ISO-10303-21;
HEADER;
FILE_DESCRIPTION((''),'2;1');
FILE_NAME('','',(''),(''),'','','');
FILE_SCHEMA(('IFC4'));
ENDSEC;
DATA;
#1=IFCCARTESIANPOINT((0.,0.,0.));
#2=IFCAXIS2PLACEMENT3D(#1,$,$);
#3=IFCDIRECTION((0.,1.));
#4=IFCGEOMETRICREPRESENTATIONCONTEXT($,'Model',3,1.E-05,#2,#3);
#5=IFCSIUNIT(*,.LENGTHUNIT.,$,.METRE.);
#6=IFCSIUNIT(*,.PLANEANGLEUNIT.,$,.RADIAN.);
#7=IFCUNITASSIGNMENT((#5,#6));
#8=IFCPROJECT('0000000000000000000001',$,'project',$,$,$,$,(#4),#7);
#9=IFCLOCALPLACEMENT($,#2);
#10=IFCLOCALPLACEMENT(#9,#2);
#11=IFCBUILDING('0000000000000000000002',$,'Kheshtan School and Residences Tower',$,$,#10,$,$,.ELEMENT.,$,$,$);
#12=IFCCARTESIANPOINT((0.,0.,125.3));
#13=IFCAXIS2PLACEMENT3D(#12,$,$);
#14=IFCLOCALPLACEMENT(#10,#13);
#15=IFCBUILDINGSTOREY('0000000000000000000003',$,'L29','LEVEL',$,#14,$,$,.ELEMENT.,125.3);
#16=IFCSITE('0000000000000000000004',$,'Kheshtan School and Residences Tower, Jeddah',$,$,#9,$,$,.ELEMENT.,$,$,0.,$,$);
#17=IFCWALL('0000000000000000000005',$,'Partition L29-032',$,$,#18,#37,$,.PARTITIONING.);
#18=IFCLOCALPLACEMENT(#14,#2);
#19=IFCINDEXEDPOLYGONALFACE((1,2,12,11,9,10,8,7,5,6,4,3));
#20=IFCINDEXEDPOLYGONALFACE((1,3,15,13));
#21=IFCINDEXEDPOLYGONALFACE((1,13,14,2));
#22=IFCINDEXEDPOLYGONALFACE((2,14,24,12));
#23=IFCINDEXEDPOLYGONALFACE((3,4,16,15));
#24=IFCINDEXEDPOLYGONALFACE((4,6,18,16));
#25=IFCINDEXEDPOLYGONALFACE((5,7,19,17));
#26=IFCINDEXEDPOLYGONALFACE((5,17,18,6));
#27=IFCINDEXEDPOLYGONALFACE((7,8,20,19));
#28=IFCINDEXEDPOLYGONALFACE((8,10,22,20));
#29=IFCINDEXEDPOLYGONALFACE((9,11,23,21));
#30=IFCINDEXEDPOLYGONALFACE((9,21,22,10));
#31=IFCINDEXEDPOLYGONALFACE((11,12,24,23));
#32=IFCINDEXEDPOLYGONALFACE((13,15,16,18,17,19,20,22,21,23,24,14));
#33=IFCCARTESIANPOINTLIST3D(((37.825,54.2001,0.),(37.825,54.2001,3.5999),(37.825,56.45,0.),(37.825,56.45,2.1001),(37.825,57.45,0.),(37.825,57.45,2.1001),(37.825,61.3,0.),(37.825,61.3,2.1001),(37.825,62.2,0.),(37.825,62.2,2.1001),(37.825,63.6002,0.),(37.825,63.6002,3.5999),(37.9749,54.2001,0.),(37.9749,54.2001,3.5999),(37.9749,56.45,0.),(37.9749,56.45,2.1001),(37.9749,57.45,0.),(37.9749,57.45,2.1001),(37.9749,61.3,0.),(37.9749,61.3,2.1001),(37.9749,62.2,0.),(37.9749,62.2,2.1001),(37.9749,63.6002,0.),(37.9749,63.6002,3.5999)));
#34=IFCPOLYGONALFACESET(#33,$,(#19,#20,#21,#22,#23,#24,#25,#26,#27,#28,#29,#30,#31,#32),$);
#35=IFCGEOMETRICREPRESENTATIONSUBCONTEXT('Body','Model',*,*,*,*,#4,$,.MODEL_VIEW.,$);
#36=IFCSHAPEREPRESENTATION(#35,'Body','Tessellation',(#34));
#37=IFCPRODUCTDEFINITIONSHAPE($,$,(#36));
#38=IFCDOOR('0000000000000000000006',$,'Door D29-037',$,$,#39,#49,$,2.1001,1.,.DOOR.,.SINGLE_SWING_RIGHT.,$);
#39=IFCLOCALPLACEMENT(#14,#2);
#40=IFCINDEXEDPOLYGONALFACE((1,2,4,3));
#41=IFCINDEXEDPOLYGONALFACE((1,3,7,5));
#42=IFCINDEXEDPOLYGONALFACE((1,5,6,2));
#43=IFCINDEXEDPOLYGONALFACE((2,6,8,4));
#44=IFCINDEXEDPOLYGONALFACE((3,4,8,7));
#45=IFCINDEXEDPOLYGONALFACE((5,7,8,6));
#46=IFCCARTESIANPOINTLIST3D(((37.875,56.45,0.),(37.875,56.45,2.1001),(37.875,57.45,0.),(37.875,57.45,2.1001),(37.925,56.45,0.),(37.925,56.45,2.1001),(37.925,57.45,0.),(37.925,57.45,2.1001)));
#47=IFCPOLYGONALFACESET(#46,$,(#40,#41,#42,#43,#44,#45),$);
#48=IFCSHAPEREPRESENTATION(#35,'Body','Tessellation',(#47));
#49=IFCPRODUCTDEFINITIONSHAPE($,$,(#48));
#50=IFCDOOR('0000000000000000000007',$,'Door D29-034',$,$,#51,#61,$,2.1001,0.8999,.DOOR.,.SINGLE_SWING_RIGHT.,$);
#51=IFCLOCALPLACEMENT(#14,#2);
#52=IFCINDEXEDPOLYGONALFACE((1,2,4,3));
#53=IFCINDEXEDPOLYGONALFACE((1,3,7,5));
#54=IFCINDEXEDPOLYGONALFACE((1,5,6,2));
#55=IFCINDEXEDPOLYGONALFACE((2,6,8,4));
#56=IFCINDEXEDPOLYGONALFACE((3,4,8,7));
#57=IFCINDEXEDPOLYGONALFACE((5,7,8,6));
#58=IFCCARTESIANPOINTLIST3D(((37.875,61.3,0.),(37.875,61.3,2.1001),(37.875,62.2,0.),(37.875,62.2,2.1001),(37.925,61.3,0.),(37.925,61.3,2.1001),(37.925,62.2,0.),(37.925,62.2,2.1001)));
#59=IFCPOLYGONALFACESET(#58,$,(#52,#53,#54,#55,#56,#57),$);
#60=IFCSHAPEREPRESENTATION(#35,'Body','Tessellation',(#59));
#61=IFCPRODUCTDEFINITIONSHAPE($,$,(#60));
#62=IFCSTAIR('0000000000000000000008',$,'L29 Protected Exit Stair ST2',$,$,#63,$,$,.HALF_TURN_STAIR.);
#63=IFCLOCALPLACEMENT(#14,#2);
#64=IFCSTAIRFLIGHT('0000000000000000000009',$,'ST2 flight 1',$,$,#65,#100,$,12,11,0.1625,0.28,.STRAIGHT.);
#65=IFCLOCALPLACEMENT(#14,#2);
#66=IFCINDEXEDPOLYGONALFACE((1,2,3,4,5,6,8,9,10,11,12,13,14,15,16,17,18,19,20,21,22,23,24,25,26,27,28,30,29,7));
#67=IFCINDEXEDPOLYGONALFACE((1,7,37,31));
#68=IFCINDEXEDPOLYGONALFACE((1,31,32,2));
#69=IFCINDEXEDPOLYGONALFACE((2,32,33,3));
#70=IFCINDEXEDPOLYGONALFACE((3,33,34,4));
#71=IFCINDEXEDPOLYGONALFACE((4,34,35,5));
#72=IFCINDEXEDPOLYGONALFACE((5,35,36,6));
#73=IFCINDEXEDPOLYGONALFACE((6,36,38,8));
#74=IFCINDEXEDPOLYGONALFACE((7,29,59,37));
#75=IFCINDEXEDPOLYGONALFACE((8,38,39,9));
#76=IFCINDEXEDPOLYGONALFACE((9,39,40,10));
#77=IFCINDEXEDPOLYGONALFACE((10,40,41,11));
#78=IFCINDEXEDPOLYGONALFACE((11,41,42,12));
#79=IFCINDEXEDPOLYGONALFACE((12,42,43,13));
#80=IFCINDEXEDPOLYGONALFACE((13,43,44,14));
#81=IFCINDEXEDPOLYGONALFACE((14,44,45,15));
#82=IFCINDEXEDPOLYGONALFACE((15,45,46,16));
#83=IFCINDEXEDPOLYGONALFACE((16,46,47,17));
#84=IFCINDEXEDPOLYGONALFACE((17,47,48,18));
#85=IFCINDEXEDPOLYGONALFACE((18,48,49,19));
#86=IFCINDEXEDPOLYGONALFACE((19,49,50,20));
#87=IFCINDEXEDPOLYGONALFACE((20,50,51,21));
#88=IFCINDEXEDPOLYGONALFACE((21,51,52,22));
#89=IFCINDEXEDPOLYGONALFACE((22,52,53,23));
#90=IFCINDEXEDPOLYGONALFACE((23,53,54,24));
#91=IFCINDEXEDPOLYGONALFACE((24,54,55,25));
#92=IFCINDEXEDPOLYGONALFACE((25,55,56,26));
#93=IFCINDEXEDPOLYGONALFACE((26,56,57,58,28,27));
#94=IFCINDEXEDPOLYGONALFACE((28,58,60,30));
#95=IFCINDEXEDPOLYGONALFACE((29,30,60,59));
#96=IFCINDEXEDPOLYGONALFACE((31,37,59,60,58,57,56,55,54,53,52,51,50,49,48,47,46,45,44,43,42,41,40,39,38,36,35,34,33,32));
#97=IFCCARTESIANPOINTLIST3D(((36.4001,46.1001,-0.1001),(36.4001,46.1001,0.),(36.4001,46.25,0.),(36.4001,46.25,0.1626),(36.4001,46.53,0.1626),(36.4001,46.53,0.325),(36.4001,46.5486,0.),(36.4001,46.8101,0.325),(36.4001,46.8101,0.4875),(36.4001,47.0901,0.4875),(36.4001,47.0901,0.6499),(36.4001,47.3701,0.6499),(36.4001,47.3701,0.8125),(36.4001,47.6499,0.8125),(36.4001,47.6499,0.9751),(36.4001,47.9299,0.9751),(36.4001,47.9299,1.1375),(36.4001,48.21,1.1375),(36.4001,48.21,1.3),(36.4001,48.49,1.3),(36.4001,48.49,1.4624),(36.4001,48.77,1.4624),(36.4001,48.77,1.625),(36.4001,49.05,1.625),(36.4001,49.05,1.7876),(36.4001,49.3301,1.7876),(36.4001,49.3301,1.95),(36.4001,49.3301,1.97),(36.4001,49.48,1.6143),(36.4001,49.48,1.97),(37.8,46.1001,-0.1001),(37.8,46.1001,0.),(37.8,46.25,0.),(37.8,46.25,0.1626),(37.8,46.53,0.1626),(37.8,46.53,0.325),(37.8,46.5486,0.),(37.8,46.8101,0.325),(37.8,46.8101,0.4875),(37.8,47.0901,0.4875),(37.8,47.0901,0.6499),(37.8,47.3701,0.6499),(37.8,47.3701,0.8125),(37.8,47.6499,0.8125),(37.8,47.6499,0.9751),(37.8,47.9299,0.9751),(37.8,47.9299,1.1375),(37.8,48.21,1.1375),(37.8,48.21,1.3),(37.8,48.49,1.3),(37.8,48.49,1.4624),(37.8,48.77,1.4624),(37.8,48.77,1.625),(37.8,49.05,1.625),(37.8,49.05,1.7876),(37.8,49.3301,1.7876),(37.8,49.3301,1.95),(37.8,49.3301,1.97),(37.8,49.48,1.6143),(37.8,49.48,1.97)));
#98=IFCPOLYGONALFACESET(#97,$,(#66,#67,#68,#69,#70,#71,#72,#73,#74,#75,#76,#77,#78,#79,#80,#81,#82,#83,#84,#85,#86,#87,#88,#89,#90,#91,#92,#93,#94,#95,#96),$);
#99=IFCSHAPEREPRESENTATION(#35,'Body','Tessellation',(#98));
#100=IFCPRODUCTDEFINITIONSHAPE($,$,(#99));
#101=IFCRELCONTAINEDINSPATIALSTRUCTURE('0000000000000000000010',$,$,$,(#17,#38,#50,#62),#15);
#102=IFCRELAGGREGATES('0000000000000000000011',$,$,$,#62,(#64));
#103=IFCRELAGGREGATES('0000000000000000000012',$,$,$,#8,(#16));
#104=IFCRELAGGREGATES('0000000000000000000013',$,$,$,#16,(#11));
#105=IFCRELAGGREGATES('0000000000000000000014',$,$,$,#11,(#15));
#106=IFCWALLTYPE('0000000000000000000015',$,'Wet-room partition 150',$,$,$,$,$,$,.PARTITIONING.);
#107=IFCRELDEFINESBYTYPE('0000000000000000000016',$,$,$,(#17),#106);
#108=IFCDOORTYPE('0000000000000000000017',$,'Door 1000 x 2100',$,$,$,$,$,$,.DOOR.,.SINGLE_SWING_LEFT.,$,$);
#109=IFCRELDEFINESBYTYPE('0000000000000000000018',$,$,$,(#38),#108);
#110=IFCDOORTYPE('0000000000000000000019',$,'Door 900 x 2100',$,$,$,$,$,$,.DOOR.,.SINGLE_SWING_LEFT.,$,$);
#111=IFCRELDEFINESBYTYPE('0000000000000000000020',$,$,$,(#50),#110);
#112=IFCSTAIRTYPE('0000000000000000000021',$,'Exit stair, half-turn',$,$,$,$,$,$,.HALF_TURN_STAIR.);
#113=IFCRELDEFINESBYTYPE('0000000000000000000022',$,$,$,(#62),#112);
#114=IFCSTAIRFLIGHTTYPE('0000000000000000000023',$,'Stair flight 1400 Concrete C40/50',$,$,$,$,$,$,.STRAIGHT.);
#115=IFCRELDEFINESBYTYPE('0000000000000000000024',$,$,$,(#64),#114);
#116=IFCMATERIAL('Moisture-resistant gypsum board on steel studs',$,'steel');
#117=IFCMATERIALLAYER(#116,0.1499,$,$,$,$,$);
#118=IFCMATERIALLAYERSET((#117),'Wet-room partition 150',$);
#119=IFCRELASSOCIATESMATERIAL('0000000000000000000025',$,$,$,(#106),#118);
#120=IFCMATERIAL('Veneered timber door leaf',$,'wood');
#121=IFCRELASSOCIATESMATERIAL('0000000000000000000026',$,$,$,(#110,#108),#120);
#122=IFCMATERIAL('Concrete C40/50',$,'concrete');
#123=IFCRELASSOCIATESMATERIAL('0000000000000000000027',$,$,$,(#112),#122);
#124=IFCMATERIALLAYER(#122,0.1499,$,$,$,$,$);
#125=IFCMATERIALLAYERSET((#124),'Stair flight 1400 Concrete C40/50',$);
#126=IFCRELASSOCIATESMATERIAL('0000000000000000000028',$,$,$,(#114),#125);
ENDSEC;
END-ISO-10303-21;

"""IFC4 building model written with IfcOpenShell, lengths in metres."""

from ifc_helpers import new_model, si_unit, direction, frame, frame_2d, origin, place, context, subcontext, project, spatial, polyline, rectangle, outline, extrude, source, transform, mapped, material, layer, layer_set, type_object, element, fill, aggregate, save


model = new_model("IFC4")

# Units and contexts
model_context = context("Model", 3, precision=1e-05, world=origin(), true_north=direction((0.0, 1.0)))
body_context = subcontext(model_context, "Body", "Model", "MODEL_VIEW")
ifc_project = project(units=[si_unit("LENGTHUNIT", "METRE"), si_unit("PLANEANGLEUNIT", "RADIAN")], contexts=[model_context])

# Site, building, storey
site_placement = place(None, origin())
site = spatial("IfcSite", under=ifc_project, at=site_placement, Name="Kheshtan School and Residences Tower, Jeddah", CompositionType="ELEMENT", RefElevation=0.0)
building_placement = place(site_placement, origin())
building = spatial("IfcBuilding", under=site, at=building_placement, Name="Kheshtan School and Residences Tower", CompositionType="ELEMENT")
storey_placement = place(building_placement, frame((0.0, 0.0, 125.3)))
storey = spatial("IfcBuildingStorey", under=building, at=storey_placement, Name="L29", Description="LEVEL", CompositionType="ELEMENT", Elevation=125.3)

# Wall, openings, doors
ifc_material_1 = material(Name="Moisture-resistant gypsum board on steel studs", Category="steel")
ifc_layer_1 = layer(ifc_material_1, 0.1499)
ifc_layer_set_1 = layer_set([ifc_layer_1], Name="Wet-room partition 150")
wall_type_1 = type_object("IfcWallType", Name="Wet-room partition 150", PredefinedType="PARTITIONING", material=ifc_layer_set_1)
ifc_material_2 = material(Name="Veneered timber door leaf", Category="wood")
door_type_1 = type_object("IfcDoorType", Name="Door 900 x 2100", OperationType="SINGLE_SWING_LEFT", PredefinedType="DOOR", material=ifc_material_2)
shared_shape_1 = source(origin(), body_context, "Body", "SweptSolid", [
    extrude(rectangle(XDim=0.8999, YDim=2.1001, at=frame_2d((0.45, 1.05))), frame((0.0, 0.0249, 0.0), z_axis=(0.0, -1.0, 0.0), x_axis=(1.0, 0.0, 0.0)), (0.0, 0.0, 1.0), 0.05),
])
wall_1_placement = place(storey_placement, frame((37.8999, 54.2, 0.0), z_axis=(0.0, 0.0, 1.0), x_axis=(0.0, 1.0, 0.0)))
wall_1 = element("IfcWall", 1, at=wall_1_placement, inside=storey, type_object=wall_type_1, Name="Partition L29-032", PredefinedType="PARTITIONING", context=body_context, shape_type="SweptSolid", body=[
    extrude(rectangle(XDim=9.4001, YDim=0.1499, at=frame_2d((4.7002, 0.0))), origin(), (0.0, 0.0, 1.0), 3.5999),
])
opening_1_placement = place(wall_1_placement, frame((7.1001, 0.0, 0.0)))
opening_1 = element("IfcOpeningElement", 2, at=opening_1_placement, cuts=wall_1, PredefinedType="OPENING", context=body_context, shape_type="SweptSolid", body=[
    extrude(rectangle(XDim=0.8999, YDim=2.1001, at=frame_2d((0.45, 1.05))), frame((0.0, 0.085, 0.0), z_axis=(0.0, -1.0, 0.0), x_axis=(1.0, 0.0, 0.0)), (0.0, 0.0, 1.0), 0.1699),
])
opening_2_placement = place(wall_1_placement, frame((2.25, 0.0, 0.0)))
opening_2 = element("IfcOpeningElement", 3, at=opening_2_placement, cuts=wall_1, PredefinedType="OPENING", context=body_context, shape_type="SweptSolid", body=[
    extrude(rectangle(XDim=1.0, YDim=2.1001, at=frame_2d((0.5, 1.05))), frame((0.0, 0.085, 0.0), z_axis=(0.0, -1.0, 0.0), x_axis=(1.0, 0.0, 0.0)), (0.0, 0.0, 1.0), 0.1699),
])
door_type_2 = type_object("IfcDoorType", Name="Door 1000 x 2100", OperationType="SINGLE_SWING_LEFT", PredefinedType="DOOR", material=ifc_material_2)
shared_shape_2 = source(origin(), body_context, "Body", "SweptSolid", [
    extrude(rectangle(XDim=1.0, YDim=2.1001, at=frame_2d((0.5, 1.05))), frame((0.0, 0.0249, 0.0), z_axis=(0.0, -1.0, 0.0), x_axis=(1.0, 0.0, 0.0)), (0.0, 0.0, 1.0), 0.05),
])
door_1_placement = place(opening_2_placement, origin())
door_1 = element("IfcDoor", 4, at=door_1_placement, inside=storey, type_object=door_type_2, Name="Door D29-037", OperationType="SINGLE_SWING_RIGHT", OverallHeight=2.1001, OverallWidth=1.0, PredefinedType="DOOR", context=body_context, shape_type="MappedRepresentation", body=[
    mapped(shared_shape_2, transform((0.0, 0.0, 0.0), x_axis=(1.0, 0.0, 0.0), y_axis=(0.0, 1.0, 0.0), z_axis=(0.0, 0.0, 1.0), scale=1.0)),
])
fill(opening_2, door_1)
door_2_placement = place(opening_1_placement, origin())
door_2 = element("IfcDoor", 5, at=door_2_placement, inside=storey, type_object=door_type_1, Name="Door D29-034", OperationType="SINGLE_SWING_RIGHT", OverallHeight=2.1001, OverallWidth=0.8999, PredefinedType="DOOR", context=body_context, shape_type="MappedRepresentation", body=[
    mapped(shared_shape_1, transform((0.0, 0.0, 0.0), x_axis=(1.0, 0.0, 0.0), y_axis=(0.0, 1.0, 0.0), z_axis=(0.0, 0.0, 1.0), scale=1.0)),
])
fill(opening_1, door_2)

# Stair, stair flight
ifc_material_3 = material(Name="Concrete C40/50", Category="concrete")
stair_type = type_object("IfcStairType", Name="Exit stair, half-turn", PredefinedType="HALF_TURN_STAIR", material=ifc_material_3)
stair_placement = place(storey_placement, origin())
stair = element("IfcStair", 6, at=stair_placement, inside=storey, type_object=stair_type, Name="L29 Protected Exit Stair ST2", PredefinedType="HALF_TURN_STAIR")
ifc_layer_2 = layer(ifc_material_3, 0.1499)
ifc_layer_set_2 = layer_set([ifc_layer_2], Name="Stair flight 1400 Concrete C40/50")
stair_flight_type = type_object("IfcStairFlightType", Name="Stair flight 1400 Concrete C40/50", PredefinedType="STRAIGHT", material=ifc_layer_set_2)
stair_flight_placement = place(storey_placement, frame((37.1001, 46.25, 0.0), z_axis=(0.0, 0.0, 1.0), x_axis=(0.0, 1.0, 0.0)))
stair_flight = element("IfcStairFlight", 7, at=stair_flight_placement, type_object=stair_flight_type, Name="ST2 flight 1", NumberOfRisers=12, NumberOfTreads=11, PredefinedType="STRAIGHT", RiserHeight=0.1625, TreadLength=0.28, context=body_context, shape_type="SweptSolid", body=[
    extrude(outline(polyline([(-0.1499, -0.1001), (-0.1499, 0.0), (0.0, 0.0), (0.0, 0.1626), (0.28, 0.1626), (0.28, 0.325), (0.5601, 0.325), (0.5601, 0.4875), (0.8401, 0.4875), (0.8401, 0.6499), (1.1201, 0.6499), (1.1201, 0.8125), (1.3999, 0.8125), (1.3999, 0.9751), (1.6799, 0.9751), (1.6799, 1.1375), (1.96, 1.1375), (1.96, 1.3), (2.24, 1.3), (2.24, 1.4624), (2.52, 1.4624), (2.52, 1.625), (2.8, 1.625), (2.8, 1.7876), (3.0801, 1.7876), (3.0801, 1.95), (3.0801, 1.97), (3.23, 1.97), (3.23, 1.6143), (0.2986, 0.0), (-0.1499, -0.1001)])), frame((0.0, 0.7, 0.0), z_axis=(0.0, -1.0, 0.0), x_axis=(1.0, 0.0, 0.0)), (0.0, 0.0, 1.0), 1.3999),
])
aggregate(stair, [stair_flight])

save(model, "model.ifc")
